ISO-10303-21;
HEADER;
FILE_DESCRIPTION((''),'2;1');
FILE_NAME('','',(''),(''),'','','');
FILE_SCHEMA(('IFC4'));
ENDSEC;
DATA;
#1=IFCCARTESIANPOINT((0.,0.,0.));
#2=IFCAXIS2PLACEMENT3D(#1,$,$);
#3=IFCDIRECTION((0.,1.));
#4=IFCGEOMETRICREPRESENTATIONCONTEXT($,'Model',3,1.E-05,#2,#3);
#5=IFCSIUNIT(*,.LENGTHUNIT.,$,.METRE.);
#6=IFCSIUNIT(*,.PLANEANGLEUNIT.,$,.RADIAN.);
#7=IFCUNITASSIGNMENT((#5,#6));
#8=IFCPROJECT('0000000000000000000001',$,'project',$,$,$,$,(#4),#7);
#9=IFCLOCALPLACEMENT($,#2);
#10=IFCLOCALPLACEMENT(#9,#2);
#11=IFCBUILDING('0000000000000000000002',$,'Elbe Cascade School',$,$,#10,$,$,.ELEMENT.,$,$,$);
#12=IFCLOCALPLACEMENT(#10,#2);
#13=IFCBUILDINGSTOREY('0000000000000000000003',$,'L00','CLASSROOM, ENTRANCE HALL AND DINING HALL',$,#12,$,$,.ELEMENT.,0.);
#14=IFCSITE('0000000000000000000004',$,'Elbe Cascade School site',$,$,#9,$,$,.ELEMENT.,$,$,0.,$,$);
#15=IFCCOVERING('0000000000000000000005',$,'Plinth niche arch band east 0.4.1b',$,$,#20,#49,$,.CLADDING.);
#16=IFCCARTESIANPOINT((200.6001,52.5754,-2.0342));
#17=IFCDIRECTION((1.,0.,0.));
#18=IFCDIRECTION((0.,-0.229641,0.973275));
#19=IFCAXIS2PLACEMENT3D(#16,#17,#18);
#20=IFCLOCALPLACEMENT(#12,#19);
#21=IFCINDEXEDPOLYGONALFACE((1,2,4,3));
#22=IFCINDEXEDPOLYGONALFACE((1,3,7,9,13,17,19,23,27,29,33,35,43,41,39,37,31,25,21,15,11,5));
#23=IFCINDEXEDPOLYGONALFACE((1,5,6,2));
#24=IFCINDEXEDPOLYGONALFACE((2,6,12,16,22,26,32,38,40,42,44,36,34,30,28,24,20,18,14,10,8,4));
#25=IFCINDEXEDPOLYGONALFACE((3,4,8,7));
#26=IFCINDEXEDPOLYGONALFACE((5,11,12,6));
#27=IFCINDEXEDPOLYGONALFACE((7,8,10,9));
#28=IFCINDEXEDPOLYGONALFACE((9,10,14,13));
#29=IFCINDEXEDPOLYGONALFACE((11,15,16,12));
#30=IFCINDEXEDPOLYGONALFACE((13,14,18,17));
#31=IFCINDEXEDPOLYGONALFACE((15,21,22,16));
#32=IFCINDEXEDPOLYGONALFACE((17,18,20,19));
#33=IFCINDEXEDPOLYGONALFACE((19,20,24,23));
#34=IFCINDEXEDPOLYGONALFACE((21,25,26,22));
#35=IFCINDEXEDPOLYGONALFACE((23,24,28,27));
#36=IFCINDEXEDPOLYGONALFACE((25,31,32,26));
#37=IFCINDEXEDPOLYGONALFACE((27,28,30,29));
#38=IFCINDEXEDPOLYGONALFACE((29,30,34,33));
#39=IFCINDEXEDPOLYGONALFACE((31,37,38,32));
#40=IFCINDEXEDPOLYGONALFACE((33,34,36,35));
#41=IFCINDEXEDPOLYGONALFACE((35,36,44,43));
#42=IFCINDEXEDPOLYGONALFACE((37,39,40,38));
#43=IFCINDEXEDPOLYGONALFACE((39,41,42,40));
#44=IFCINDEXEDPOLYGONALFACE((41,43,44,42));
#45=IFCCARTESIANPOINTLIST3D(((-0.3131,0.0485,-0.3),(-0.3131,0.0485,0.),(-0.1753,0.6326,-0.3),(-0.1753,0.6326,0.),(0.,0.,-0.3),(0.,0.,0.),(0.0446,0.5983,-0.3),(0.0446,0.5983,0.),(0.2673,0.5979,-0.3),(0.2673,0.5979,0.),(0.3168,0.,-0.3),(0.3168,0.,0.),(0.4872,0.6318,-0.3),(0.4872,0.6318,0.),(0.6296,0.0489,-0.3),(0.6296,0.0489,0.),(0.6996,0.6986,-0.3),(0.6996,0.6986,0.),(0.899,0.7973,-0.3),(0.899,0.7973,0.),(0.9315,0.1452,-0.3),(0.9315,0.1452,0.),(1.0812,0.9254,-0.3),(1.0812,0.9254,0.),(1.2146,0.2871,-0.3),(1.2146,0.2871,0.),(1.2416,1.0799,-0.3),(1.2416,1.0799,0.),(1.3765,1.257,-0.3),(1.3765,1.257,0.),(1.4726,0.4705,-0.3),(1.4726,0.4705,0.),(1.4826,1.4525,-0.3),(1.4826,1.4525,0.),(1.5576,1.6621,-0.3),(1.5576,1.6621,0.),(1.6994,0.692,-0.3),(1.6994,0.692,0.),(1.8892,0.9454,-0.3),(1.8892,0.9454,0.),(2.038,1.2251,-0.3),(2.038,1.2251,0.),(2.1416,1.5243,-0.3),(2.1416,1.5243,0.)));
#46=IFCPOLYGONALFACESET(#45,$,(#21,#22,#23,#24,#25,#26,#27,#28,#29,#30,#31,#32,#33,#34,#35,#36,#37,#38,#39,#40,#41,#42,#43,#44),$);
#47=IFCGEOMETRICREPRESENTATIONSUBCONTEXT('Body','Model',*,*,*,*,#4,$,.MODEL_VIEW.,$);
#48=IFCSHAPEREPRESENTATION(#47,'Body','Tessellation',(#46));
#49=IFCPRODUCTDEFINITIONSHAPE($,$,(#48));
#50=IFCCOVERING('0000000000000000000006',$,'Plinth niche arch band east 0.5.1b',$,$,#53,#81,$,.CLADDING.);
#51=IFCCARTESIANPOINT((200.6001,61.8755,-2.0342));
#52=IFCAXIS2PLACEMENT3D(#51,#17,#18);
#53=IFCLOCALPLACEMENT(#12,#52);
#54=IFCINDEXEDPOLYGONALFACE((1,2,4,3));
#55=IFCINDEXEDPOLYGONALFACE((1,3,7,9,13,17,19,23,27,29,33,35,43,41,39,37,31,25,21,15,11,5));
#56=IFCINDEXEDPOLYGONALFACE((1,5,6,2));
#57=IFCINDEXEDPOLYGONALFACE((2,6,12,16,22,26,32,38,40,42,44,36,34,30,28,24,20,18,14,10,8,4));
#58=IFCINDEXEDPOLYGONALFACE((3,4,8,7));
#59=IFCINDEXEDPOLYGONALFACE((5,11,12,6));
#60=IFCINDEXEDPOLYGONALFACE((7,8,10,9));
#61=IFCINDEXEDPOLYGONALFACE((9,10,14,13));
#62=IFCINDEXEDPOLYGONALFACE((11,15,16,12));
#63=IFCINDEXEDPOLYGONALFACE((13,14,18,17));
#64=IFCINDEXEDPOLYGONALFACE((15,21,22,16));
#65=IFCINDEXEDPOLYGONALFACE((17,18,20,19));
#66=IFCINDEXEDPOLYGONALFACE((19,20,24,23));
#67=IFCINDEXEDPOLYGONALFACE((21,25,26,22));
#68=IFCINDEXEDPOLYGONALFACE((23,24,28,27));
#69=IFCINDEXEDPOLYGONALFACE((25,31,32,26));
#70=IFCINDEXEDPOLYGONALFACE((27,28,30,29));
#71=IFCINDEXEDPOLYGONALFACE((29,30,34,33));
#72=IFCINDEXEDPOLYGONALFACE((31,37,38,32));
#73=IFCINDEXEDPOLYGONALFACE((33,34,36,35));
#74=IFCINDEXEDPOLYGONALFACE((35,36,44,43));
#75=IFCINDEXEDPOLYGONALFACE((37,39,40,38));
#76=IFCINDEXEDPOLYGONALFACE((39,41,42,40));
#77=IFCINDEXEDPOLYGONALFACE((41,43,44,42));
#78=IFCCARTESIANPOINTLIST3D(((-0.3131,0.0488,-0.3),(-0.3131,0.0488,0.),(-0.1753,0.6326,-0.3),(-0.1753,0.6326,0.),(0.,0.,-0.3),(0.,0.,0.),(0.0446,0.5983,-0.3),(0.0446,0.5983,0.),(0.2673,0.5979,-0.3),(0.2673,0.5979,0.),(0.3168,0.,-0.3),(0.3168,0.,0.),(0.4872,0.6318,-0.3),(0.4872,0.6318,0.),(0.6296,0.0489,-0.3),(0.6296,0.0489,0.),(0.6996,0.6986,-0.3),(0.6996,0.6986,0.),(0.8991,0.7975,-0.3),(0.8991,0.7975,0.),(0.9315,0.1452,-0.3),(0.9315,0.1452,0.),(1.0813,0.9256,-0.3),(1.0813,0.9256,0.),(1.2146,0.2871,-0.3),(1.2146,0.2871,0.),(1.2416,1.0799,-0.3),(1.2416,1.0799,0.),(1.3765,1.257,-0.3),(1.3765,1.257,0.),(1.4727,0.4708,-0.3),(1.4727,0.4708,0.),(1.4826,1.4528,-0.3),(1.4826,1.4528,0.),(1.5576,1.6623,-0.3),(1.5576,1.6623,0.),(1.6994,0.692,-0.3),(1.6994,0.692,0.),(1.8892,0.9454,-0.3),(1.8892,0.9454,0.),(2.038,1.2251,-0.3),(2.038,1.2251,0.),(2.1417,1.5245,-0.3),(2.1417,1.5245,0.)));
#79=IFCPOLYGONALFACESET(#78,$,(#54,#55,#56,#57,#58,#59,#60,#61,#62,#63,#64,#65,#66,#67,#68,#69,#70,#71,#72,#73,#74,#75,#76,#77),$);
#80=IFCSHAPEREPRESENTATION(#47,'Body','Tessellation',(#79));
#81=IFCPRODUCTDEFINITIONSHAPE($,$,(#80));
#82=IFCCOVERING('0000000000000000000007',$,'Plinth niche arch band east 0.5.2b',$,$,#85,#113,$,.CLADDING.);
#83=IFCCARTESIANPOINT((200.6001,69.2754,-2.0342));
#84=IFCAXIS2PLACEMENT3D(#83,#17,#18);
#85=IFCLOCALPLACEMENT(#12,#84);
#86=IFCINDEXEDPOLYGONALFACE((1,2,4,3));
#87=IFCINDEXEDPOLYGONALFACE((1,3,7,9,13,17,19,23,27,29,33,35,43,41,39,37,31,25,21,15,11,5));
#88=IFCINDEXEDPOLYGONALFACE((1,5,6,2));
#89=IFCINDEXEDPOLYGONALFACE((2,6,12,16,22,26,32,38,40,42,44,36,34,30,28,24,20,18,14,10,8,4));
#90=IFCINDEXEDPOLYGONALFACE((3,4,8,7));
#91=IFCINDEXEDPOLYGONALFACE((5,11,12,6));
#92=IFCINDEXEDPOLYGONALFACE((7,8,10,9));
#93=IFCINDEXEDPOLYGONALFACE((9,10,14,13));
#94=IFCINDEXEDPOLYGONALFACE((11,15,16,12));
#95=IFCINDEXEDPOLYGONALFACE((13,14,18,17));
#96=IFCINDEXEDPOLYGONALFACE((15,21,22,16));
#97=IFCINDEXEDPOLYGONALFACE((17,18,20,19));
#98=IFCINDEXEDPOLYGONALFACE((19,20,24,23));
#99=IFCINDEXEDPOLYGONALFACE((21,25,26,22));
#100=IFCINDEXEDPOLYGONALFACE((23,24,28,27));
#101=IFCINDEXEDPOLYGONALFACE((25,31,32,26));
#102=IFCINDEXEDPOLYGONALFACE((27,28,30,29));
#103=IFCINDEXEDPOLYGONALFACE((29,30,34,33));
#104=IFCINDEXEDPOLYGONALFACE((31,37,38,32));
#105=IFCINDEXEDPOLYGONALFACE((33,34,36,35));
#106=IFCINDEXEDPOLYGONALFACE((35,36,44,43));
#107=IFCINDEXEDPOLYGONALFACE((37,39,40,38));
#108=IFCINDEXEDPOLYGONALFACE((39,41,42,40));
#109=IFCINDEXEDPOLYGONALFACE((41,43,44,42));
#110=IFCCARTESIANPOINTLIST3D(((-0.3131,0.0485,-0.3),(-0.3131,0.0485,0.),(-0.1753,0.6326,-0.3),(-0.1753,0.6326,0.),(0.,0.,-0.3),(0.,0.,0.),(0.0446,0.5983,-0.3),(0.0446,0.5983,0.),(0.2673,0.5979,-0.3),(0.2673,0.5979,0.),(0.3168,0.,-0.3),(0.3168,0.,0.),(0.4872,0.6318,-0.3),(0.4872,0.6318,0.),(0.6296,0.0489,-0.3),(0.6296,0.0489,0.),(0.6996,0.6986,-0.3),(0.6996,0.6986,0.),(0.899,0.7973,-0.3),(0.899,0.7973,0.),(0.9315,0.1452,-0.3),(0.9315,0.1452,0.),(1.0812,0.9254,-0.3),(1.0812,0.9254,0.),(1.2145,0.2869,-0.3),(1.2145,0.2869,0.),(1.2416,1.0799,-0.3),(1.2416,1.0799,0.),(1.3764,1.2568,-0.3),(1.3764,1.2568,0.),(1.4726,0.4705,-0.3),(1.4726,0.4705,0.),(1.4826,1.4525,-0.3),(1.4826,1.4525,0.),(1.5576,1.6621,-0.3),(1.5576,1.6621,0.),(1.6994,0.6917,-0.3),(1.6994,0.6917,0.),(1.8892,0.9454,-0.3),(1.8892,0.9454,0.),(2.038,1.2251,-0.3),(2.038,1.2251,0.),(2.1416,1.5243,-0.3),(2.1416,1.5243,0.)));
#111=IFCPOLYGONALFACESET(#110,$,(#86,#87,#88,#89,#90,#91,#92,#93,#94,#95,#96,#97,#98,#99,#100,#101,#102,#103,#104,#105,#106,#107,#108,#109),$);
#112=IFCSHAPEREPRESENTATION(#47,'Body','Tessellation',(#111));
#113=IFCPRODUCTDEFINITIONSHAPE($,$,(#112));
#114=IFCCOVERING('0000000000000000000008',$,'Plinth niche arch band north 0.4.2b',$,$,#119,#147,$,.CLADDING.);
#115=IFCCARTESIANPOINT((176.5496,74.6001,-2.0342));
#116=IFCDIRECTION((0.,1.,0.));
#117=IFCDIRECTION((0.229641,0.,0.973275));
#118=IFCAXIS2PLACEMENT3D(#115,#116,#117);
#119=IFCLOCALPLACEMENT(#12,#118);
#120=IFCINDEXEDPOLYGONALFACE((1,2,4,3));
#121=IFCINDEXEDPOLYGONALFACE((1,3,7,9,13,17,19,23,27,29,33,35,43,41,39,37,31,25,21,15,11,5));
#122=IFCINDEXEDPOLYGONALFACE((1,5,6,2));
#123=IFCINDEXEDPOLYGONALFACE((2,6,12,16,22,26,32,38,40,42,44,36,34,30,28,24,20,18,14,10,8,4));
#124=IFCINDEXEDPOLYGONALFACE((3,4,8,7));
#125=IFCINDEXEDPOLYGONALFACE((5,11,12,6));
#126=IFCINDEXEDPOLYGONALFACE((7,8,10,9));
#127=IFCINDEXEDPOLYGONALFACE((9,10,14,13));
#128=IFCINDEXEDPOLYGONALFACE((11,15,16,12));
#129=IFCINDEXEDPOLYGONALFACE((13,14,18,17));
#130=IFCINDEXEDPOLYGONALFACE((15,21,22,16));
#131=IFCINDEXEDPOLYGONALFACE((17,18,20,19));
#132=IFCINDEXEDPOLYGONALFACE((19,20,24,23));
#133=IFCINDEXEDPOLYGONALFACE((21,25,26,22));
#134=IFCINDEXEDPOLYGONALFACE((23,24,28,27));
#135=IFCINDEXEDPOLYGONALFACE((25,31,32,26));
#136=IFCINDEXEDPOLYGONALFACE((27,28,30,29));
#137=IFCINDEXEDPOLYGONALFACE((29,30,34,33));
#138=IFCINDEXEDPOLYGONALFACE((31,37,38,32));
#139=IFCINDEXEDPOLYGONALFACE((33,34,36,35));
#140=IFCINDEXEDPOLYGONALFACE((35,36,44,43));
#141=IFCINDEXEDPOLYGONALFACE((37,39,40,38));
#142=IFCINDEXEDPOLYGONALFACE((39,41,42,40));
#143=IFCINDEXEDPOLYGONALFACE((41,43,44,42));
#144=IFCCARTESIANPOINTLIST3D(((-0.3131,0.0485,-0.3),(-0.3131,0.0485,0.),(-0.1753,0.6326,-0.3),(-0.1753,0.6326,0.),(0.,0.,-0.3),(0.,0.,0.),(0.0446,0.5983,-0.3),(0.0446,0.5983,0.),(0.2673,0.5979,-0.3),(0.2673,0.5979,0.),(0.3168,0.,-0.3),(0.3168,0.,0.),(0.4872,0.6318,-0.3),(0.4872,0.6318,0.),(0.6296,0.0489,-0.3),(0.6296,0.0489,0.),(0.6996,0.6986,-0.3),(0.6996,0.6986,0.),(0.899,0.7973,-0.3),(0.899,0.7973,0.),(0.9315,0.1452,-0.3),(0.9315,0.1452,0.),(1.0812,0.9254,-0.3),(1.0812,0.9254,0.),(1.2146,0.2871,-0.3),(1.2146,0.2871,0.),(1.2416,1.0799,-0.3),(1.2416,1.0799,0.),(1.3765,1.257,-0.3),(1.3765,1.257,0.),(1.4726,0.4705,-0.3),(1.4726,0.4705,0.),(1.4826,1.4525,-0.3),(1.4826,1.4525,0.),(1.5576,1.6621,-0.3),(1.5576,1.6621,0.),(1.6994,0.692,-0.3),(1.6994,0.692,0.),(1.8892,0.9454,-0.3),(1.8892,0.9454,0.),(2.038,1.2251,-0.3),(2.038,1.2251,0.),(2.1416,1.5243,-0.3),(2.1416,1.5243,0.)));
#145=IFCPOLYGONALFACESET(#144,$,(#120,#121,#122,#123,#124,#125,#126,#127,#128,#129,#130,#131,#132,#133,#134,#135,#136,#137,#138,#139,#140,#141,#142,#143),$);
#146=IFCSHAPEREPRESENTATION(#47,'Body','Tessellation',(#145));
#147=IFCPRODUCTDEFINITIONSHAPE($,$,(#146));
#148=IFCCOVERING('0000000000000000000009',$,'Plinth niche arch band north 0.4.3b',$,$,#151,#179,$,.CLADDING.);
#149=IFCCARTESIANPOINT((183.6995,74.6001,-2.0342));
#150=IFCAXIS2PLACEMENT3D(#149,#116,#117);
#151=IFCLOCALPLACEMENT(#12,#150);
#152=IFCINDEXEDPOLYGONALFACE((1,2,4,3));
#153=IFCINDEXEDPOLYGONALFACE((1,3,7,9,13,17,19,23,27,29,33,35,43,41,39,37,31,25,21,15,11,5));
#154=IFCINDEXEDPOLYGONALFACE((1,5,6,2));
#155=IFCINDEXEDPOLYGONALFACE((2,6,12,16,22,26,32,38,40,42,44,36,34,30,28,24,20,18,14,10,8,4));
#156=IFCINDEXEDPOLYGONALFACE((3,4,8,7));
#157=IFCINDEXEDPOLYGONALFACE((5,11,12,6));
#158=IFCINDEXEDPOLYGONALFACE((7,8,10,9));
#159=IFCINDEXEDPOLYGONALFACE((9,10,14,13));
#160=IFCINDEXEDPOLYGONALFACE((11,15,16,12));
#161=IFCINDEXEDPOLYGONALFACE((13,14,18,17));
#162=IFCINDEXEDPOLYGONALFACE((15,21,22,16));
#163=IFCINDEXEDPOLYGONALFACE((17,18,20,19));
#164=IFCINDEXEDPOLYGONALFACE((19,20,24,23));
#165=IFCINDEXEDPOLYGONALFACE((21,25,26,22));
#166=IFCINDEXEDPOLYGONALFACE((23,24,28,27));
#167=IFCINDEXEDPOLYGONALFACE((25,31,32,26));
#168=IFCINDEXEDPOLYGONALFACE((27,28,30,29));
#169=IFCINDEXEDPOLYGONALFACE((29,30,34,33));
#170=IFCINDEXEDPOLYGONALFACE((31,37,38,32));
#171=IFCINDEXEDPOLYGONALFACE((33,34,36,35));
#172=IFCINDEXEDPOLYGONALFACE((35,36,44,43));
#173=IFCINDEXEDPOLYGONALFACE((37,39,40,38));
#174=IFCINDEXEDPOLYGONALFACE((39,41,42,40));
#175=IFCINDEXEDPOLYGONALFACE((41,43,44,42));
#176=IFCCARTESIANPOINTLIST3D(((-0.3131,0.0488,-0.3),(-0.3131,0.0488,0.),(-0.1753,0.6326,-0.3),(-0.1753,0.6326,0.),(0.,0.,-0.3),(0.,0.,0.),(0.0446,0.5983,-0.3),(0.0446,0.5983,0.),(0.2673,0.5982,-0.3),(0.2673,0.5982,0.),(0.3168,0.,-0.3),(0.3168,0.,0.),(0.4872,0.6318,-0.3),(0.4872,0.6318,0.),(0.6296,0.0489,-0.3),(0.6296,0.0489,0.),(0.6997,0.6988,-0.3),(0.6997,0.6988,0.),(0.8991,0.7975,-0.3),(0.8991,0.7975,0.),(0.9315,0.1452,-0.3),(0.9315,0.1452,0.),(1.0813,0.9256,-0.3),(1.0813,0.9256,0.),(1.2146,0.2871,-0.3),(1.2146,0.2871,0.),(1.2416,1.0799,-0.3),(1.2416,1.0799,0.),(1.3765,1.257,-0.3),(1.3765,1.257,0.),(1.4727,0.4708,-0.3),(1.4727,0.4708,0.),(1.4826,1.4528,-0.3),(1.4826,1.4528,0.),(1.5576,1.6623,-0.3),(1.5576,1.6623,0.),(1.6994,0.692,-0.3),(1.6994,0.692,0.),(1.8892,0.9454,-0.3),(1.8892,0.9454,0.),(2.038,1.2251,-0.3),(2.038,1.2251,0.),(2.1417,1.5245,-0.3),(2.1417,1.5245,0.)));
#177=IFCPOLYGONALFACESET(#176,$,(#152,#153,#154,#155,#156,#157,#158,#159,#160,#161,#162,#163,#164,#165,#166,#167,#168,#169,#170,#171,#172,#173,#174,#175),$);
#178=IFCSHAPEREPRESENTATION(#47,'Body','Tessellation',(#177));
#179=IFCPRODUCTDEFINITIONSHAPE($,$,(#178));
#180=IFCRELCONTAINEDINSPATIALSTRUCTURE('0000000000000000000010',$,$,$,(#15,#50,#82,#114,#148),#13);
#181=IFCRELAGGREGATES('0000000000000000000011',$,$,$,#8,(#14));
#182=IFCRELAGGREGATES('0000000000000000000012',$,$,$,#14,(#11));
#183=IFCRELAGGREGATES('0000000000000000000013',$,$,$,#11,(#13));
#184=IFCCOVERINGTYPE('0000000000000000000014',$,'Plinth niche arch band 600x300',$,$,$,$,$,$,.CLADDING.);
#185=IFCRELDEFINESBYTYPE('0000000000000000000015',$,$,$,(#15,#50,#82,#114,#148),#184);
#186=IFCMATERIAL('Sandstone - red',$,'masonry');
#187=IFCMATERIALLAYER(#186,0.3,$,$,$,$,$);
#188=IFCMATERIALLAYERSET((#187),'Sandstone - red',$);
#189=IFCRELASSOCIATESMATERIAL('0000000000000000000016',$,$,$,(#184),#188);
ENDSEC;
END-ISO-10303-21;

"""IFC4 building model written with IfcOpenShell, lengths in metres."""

from ifc_helpers import new_model, si_unit, direction, frame, origin, place, context, subcontext, project, spatial, polyline, outline, extrude, material, layer, layer_set, type_object, element, save


model = new_model("IFC4")

# Units and contexts
model_context = context("Model", 3, precision=1e-05, world=origin(), true_north=direction((0.0, 1.0)))
body_context = subcontext(model_context, "Body", "Model", "MODEL_VIEW")
ifc_project = project(units=[si_unit("LENGTHUNIT", "METRE"), si_unit("PLANEANGLEUNIT", "RADIAN")], contexts=[model_context])

# Site, building, storey
site_placement = place(None, origin())
site = spatial("IfcSite", under=ifc_project, at=site_placement, Name="Elbe Cascade School site", CompositionType="ELEMENT", RefElevation=0.0)
building_placement = place(site_placement, origin())
building = spatial("IfcBuilding", under=site, at=building_placement, Name="Elbe Cascade School", CompositionType="ELEMENT")
storey_placement = place(building_placement, origin())
storey = spatial("IfcBuildingStorey", under=building, at=storey_placement, Name="L00", Description="CLASSROOM, ENTRANCE HALL AND DINING HALL", CompositionType="ELEMENT", Elevation=0.0)

# Coverings
ifc_material_1 = material(Name="Sandstone - red", Category="masonry")
ifc_layer_1 = layer(ifc_material_1, 0.3)
ifc_layer_set_1 = layer_set([ifc_layer_1], Name="Sandstone - red")
covering_type_1 = type_object("IfcCoveringType", Name="Plinth niche arch band 600x300", PredefinedType="CLADDING", material=ifc_layer_set_1)
covering_1_placement = place(storey_placement, frame((200.6001, 52.5754, -2.0342), z_axis=(1.0, 0.0, 0.0), x_axis=(0.0, -0.229641, 0.973275)))
element("IfcCovering", 1, at=covering_1_placement, inside=storey, type_object=covering_type_1, Name="Plinth niche arch band east 0.4.1b", PredefinedType="CLADDING", context=body_context, shape_type="SweptSolid", body=[
    extrude(outline(polyline([(0.0, 0.0), (0.3168, 0.0), (0.6296, 0.0489), (0.9315, 0.1452), (1.2146, 0.2871), (1.4726, 0.4705), (1.6994, 0.692), (1.8892, 0.9454), (2.038, 1.2251), (2.1416, 1.5243), (1.5576, 1.6621), (1.4826, 1.4525), (1.3765, 1.257), (1.2416, 1.0799), (1.0812, 0.9254), (0.899, 0.7973), (0.6996, 0.6986), (0.4872, 0.6318), (0.2673, 0.5979), (0.0446, 0.5983), (-0.1753, 0.6326), (-0.3131, 0.0485), (0.0, 0.0)])), origin(), (0.0, 0.0, -1.0), 0.3),
])
covering_2_placement = place(storey_placement, frame((200.6001, 61.8755, -2.0342), z_axis=(1.0, 0.0, 0.0), x_axis=(0.0, -0.229641, 0.973275)))
element("IfcCovering", 2, at=covering_2_placement, inside=storey, type_object=covering_type_1, Name="Plinth niche arch band east 0.5.1b", PredefinedType="CLADDING", context=body_context, shape_type="SweptSolid", body=[
    extrude(outline(polyline([(0.0, 0.0), (0.3168, 0.0), (0.6296, 0.0489), (0.9315, 0.1452), (1.2146, 0.2871), (1.4727, 0.4708), (1.6994, 0.692), (1.8892, 0.9454), (2.038, 1.2251), (2.1417, 1.5245), (1.5576, 1.6623), (1.4826, 1.4528), (1.3765, 1.257), (1.2416, 1.0799), (1.0813, 0.9256), (0.8991, 0.7975), (0.6996, 0.6986), (0.4872, 0.6318), (0.2673, 0.5979), (0.0446, 0.5983), (-0.1753, 0.6326), (-0.3131, 0.0488), (0.0, 0.0)])), origin(), (0.0, 0.0, -1.0), 0.3),
])
covering_3_placement = place(storey_placement, frame((200.6001, 69.2754, -2.0342), z_axis=(1.0, 0.0, 0.0), x_axis=(0.0, -0.229641, 0.973275)))
element("IfcCovering", 3, at=covering_3_placement, inside=storey, type_object=covering_type_1, Name="Plinth niche arch band east 0.5.2b", PredefinedType="CLADDING", context=body_context, shape_type="SweptSolid", body=[
    extrude(outline(polyline([(0.0, 0.0), (0.3168, 0.0), (0.6296, 0.0489), (0.9315, 0.1452), (1.2145, 0.2869), (1.4726, 0.4705), (1.6994, 0.6917), (1.8892, 0.9454), (2.038, 1.2251), (2.1416, 1.5243), (1.5576, 1.6621), (1.4826, 1.4525), (1.3764, 1.2568), (1.2416, 1.0799), (1.0812, 0.9254), (0.899, 0.7973), (0.6996, 0.6986), (0.4872, 0.6318), (0.2673, 0.5979), (0.0446, 0.5983), (-0.1753, 0.6326), (-0.3131, 0.0485), (0.0, 0.0)])), origin(), (0.0, 0.0, -1.0), 0.3),
])
covering_4_placement = place(storey_placement, frame((176.5496, 74.6001, -2.0342), z_axis=(0.0, 1.0, 0.0), x_axis=(0.229641, 0.0, 0.973275)))
element("IfcCovering", 4, at=covering_4_placement, inside=storey, type_object=covering_type_1, Name="Plinth niche arch band north 0.4.2b", PredefinedType="CLADDING", context=body_context, shape_type="SweptSolid", body=[
    extrude(outline(polyline([(0.0, 0.0), (0.3168, 0.0), (0.6296, 0.0489), (0.9315, 0.1452), (1.2146, 0.2871), (1.4726, 0.4705), (1.6994, 0.692), (1.8892, 0.9454), (2.038, 1.2251), (2.1416, 1.5243), (1.5576, 1.6621), (1.4826, 1.4525), (1.3765, 1.257), (1.2416, 1.0799), (1.0812, 0.9254), (0.899, 0.7973), (0.6996, 0.6986), (0.4872, 0.6318), (0.2673, 0.5979), (0.0446, 0.5983), (-0.1753, 0.6326), (-0.3131, 0.0485), (0.0, 0.0)])), origin(), (0.0, 0.0, -1.0), 0.3),
])
covering_5_placement = place(storey_placement, frame((183.6995, 74.6001, -2.0342), z_axis=(0.0, 1.0, 0.0), x_axis=(0.229641, 0.0, 0.973275)))
element("IfcCovering", 5, at=covering_5_placement, inside=storey, type_object=covering_type_1, Name="Plinth niche arch band north 0.4.3b", PredefinedType="CLADDING", context=body_context, shape_type="SweptSolid", body=[
    extrude(outline(polyline([(0.0, 0.0), (0.3168, 0.0), (0.6296, 0.0489), (0.9315, 0.1452), (1.2146, 0.2871), (1.4727, 0.4708), (1.6994, 0.692), (1.8892, 0.9454), (2.038, 1.2251), (2.1417, 1.5245), (1.5576, 1.6623), (1.4826, 1.4528), (1.3765, 1.257), (1.2416, 1.0799), (1.0813, 0.9256), (0.8991, 0.7975), (0.6997, 0.6988), (0.4872, 0.6318), (0.2673, 0.5982), (0.0446, 0.5983), (-0.1753, 0.6326), (-0.3131, 0.0488), (0.0, 0.0)])), origin(), (0.0, 0.0, -1.0), 0.3),
])

save(model, "model.ifc")
